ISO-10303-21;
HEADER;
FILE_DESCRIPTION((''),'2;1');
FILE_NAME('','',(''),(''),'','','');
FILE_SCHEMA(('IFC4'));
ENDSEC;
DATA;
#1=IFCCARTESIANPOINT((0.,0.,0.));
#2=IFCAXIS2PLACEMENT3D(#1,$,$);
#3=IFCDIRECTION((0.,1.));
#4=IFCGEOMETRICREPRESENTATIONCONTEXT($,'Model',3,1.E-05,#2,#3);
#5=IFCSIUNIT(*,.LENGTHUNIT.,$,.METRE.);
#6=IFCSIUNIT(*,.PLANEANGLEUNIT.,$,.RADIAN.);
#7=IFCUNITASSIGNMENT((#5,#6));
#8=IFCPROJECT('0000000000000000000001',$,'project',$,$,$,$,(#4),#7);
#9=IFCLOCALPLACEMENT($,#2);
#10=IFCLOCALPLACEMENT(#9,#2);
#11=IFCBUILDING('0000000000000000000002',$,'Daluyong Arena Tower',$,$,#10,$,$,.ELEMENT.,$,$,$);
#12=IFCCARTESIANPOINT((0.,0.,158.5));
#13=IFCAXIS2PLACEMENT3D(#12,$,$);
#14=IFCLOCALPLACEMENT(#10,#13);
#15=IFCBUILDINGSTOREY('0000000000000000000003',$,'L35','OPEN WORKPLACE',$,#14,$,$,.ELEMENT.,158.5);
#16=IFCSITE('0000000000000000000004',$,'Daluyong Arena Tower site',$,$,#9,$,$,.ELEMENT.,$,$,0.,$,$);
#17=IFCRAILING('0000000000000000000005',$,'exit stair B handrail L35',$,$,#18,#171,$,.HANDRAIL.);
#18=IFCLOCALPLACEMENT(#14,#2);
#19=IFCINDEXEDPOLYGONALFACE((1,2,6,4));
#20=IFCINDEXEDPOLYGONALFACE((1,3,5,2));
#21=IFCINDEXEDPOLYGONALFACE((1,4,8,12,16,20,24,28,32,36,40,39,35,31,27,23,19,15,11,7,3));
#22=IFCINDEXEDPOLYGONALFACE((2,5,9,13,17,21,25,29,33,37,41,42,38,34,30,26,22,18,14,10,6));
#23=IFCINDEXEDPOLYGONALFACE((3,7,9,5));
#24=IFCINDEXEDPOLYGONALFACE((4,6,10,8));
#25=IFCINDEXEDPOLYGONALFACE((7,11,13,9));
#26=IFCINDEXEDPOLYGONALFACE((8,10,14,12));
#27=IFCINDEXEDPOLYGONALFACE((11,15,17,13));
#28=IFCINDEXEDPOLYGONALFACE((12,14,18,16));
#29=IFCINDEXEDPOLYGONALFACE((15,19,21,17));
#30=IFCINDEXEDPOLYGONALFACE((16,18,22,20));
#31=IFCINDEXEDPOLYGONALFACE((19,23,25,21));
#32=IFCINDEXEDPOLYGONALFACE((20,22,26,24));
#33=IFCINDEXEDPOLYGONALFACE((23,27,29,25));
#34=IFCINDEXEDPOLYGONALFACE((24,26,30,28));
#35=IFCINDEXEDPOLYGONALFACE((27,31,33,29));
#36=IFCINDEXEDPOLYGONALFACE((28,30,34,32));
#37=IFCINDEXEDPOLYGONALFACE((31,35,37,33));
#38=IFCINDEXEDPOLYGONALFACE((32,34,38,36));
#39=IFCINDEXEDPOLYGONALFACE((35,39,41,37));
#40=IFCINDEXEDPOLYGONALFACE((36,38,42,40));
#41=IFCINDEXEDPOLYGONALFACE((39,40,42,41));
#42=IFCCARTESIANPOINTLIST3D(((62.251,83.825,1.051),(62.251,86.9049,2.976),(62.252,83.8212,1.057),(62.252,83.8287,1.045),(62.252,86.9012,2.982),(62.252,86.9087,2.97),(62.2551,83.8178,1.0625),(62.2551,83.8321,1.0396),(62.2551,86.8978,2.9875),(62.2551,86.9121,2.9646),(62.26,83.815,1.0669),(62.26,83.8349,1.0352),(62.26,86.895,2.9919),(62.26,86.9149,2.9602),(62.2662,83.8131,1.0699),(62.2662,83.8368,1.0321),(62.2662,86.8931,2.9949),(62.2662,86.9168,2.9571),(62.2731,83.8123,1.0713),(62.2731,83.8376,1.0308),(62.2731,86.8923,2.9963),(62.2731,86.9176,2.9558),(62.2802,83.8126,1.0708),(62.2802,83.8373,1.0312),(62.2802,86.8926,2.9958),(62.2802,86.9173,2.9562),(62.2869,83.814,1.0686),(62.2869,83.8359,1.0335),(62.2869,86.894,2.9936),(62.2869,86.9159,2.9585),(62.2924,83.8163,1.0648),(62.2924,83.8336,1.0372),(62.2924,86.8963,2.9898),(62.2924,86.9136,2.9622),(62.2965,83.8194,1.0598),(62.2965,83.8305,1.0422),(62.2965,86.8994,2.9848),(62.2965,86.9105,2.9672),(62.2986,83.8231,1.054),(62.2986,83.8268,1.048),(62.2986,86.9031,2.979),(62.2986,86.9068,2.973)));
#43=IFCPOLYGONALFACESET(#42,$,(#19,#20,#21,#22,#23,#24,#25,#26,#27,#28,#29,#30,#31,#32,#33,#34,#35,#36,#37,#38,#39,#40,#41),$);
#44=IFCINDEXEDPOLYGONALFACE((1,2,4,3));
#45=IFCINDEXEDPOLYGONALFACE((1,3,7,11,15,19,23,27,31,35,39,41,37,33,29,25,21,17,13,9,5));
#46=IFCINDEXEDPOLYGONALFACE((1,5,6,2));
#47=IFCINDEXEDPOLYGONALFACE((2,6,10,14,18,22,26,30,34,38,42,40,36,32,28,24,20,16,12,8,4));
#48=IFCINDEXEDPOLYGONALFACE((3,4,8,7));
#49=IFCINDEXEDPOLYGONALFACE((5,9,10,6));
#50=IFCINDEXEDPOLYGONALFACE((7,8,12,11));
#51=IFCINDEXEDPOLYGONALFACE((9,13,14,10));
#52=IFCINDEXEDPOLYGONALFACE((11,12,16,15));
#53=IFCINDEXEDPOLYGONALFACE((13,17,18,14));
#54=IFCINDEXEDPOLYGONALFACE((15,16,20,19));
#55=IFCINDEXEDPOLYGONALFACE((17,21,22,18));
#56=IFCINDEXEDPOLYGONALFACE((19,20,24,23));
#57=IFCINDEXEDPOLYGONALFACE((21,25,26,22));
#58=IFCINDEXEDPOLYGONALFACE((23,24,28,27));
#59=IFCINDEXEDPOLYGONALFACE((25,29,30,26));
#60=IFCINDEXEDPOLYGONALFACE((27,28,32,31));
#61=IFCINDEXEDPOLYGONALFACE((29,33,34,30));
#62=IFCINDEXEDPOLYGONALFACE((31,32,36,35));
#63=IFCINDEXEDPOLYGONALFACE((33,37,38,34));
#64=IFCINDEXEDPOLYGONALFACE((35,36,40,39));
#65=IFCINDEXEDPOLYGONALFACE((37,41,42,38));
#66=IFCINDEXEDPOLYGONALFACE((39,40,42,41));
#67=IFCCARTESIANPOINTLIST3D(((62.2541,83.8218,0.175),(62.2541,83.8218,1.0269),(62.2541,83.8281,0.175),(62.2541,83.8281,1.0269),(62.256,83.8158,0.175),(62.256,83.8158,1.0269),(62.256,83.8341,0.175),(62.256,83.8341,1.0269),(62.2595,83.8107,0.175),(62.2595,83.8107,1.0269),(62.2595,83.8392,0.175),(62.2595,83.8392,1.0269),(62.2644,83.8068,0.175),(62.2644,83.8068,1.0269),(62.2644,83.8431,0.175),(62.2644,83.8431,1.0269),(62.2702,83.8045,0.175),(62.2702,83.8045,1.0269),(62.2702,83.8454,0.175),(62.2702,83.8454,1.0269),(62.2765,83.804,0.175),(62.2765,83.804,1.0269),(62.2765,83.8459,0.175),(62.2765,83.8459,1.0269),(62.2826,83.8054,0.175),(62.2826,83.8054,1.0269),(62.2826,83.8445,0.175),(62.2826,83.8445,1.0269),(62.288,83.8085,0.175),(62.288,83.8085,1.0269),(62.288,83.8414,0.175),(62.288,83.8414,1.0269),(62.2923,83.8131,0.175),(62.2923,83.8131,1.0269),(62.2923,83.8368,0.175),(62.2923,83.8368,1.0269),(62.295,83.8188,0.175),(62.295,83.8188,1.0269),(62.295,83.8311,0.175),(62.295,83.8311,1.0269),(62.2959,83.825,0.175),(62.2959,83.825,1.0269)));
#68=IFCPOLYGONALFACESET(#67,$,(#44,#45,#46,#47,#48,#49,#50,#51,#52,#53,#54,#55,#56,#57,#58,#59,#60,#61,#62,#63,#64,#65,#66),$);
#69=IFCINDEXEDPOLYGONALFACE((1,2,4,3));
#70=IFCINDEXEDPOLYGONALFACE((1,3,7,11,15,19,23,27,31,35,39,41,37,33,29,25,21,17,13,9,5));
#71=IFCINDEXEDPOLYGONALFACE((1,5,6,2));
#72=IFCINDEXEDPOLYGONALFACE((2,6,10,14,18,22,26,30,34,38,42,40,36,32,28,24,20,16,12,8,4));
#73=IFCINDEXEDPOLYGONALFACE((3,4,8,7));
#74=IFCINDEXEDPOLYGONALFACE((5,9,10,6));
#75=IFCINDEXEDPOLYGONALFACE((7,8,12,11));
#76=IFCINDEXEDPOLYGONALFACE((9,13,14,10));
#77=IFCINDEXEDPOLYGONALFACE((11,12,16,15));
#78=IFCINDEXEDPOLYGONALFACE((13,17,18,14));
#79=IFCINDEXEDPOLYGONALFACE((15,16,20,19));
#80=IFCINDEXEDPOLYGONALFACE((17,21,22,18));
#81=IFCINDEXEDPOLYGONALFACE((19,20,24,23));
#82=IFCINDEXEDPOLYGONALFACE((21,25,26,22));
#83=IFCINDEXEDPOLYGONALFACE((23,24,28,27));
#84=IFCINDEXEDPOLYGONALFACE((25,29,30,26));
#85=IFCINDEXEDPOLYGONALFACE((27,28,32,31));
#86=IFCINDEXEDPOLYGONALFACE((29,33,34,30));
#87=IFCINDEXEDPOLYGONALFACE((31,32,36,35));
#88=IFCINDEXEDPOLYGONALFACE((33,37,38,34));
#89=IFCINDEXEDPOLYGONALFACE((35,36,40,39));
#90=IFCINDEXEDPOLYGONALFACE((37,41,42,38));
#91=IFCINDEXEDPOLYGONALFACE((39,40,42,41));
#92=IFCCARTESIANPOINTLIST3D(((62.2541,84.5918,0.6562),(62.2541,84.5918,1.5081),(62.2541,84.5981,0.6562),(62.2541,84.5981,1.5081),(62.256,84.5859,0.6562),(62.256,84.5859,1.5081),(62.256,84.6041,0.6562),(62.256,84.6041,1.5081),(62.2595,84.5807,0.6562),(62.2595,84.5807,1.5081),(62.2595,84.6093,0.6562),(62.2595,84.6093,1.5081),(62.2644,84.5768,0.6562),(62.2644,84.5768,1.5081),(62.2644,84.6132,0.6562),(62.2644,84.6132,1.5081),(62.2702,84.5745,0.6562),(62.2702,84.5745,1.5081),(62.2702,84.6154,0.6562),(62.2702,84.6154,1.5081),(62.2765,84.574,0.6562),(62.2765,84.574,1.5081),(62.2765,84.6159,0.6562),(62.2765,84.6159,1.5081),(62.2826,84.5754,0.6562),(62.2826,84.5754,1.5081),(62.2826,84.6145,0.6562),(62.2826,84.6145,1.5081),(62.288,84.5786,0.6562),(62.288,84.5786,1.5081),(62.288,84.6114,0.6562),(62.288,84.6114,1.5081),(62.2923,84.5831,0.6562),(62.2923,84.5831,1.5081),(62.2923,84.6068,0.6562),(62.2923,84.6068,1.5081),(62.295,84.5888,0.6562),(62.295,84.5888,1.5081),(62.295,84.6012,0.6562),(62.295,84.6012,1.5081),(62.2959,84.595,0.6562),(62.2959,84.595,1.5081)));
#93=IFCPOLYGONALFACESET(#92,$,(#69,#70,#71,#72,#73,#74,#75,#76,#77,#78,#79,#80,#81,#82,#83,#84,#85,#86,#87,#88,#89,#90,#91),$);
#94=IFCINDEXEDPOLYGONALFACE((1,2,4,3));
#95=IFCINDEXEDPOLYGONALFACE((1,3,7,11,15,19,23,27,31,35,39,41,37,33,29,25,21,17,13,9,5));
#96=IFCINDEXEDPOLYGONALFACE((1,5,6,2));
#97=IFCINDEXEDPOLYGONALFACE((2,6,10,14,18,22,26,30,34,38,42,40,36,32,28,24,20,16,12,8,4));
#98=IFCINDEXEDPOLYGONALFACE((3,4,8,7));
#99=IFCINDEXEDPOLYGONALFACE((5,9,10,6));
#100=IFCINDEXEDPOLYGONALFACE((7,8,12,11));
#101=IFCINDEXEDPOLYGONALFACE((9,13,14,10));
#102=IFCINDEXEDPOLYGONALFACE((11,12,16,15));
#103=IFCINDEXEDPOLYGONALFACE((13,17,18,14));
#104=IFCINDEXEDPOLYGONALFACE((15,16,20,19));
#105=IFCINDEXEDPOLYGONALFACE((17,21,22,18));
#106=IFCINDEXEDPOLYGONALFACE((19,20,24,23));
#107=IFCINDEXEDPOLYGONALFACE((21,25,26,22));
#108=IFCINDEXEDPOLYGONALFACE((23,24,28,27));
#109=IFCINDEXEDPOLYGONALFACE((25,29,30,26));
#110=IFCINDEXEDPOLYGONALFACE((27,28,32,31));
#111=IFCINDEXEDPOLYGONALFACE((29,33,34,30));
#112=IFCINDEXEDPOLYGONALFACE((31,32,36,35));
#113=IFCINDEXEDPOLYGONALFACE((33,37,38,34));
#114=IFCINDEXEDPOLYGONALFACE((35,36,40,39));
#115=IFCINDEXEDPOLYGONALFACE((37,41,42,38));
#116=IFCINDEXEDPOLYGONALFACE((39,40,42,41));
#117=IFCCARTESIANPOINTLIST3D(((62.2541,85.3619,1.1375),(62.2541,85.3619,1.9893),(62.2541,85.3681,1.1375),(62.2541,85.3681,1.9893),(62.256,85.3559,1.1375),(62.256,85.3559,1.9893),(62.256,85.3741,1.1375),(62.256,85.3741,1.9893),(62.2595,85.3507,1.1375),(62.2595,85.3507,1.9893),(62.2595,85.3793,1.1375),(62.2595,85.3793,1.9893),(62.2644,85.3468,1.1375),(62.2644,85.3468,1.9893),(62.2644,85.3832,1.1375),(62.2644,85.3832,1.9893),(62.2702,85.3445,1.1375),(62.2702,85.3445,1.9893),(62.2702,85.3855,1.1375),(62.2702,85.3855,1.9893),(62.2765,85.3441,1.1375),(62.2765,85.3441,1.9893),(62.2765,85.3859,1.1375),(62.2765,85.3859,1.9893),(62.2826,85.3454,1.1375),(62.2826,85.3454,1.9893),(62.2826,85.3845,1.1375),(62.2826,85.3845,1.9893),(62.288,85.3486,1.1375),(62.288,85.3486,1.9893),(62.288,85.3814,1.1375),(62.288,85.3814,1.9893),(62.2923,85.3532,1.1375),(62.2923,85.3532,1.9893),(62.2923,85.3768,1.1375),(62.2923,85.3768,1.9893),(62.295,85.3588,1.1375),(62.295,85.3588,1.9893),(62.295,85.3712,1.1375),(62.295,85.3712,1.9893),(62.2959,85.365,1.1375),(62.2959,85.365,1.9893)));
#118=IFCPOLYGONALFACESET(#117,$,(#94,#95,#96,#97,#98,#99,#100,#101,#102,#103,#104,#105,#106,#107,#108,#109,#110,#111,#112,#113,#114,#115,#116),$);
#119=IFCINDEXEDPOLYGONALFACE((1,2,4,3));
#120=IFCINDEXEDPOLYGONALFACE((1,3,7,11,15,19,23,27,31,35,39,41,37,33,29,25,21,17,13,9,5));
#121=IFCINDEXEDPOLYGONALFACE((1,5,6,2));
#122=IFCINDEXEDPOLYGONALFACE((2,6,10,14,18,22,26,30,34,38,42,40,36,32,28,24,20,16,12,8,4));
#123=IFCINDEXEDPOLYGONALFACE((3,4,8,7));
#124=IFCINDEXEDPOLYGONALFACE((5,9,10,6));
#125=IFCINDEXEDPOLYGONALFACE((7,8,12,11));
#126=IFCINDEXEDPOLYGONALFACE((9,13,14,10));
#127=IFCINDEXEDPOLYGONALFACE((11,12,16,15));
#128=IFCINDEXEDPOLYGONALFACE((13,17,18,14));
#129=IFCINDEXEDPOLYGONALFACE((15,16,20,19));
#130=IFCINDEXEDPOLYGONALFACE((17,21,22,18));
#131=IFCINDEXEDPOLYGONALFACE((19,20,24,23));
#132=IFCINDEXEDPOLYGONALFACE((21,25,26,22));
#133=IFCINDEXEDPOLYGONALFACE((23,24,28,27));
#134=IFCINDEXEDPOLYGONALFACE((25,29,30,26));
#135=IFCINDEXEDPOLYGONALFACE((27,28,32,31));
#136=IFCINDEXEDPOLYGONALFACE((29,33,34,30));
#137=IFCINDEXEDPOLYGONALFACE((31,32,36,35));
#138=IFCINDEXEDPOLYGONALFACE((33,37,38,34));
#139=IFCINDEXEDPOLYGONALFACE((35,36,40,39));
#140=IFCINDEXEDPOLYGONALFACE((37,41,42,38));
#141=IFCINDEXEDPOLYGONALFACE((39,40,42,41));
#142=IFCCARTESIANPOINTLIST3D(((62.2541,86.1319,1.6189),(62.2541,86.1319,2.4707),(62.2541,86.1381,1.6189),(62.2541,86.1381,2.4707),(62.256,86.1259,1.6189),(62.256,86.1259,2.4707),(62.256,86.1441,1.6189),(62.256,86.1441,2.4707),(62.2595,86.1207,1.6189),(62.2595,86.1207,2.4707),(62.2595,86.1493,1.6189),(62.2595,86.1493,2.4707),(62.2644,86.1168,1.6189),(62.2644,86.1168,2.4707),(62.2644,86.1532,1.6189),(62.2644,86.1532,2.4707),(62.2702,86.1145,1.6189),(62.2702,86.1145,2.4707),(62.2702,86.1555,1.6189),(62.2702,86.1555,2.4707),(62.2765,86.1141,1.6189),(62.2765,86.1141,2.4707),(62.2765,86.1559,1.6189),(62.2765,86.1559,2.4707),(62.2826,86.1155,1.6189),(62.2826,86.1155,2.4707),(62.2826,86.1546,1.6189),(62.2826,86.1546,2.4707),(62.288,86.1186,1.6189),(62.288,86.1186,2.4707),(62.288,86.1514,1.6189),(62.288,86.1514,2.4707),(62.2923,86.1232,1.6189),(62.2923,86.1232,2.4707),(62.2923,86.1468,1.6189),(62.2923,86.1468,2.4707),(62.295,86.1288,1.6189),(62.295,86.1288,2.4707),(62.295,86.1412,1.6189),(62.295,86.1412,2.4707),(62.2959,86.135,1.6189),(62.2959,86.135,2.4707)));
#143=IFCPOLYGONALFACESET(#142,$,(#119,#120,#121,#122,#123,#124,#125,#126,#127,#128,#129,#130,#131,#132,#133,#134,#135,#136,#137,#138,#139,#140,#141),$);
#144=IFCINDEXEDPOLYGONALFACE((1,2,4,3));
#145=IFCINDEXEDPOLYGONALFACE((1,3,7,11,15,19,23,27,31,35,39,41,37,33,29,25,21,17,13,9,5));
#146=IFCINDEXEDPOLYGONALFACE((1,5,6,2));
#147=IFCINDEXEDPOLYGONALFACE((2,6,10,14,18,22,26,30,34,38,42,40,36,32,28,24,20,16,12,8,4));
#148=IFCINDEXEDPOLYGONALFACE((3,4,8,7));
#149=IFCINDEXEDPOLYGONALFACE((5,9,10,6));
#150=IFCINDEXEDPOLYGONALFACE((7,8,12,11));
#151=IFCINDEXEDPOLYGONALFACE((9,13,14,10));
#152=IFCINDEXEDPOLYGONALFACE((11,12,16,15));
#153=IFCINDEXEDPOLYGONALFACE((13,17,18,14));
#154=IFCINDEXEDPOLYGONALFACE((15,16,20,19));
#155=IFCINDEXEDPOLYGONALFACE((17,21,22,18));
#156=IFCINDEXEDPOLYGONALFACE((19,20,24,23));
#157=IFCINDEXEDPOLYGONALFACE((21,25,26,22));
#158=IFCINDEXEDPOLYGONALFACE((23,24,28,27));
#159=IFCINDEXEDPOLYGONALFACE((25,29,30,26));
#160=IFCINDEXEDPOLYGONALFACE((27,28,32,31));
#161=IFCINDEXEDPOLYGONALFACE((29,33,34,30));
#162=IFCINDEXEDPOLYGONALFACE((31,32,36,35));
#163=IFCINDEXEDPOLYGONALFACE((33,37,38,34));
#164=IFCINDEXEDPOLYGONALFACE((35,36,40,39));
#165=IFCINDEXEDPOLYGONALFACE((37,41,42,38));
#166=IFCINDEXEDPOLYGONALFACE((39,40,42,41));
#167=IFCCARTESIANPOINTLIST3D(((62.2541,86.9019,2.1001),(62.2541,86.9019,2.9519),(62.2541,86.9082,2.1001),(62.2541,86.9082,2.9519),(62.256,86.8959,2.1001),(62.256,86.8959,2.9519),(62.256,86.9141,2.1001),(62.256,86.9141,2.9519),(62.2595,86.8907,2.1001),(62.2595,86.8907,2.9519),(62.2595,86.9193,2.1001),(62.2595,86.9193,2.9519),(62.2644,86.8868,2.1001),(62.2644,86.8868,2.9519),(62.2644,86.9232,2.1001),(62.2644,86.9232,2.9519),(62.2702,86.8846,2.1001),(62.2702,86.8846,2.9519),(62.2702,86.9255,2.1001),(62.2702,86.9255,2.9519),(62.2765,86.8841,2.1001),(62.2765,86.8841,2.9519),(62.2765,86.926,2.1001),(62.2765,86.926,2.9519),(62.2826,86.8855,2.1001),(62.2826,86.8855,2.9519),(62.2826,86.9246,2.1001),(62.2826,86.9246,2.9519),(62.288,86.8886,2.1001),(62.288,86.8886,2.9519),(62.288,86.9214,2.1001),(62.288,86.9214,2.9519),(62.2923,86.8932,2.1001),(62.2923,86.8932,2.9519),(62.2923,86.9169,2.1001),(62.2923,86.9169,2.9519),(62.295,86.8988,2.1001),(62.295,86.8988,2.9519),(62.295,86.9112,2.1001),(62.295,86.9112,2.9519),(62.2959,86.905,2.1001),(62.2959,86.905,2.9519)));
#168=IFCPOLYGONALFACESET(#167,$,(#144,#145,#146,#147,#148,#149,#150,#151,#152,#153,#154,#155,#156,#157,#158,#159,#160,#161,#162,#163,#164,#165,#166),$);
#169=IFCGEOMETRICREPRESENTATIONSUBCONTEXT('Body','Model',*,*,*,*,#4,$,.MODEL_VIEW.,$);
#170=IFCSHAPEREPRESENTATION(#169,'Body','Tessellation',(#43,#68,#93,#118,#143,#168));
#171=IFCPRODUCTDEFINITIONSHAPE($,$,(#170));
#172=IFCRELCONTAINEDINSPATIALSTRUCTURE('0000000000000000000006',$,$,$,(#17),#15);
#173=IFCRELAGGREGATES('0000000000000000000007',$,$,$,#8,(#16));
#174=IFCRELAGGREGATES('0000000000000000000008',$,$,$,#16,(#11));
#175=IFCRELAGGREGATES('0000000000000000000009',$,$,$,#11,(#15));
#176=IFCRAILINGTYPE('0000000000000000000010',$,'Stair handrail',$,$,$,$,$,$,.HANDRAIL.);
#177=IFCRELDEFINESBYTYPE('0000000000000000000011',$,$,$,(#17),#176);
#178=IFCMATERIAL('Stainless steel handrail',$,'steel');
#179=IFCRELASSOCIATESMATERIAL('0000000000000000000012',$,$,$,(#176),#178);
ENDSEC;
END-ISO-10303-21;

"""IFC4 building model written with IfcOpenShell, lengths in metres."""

from ifc_helpers import new_model, si_unit, direction, frame, origin, origin_2d, place, context, subcontext, project, spatial, circle, extrude, material, type_object, element, save


model = new_model("IFC4")

# Units and contexts
model_context = context("Model", 3, precision=1e-05, world=origin(), true_north=direction((0.0, 1.0)))
body_context = subcontext(model_context, "Body", "Model", "MODEL_VIEW")
ifc_project = project(units=[si_unit("LENGTHUNIT", "METRE"), si_unit("PLANEANGLEUNIT", "RADIAN")], contexts=[model_context])

# Site, building, storey
site_placement = place(None, origin())
site = spatial("IfcSite", under=ifc_project, at=site_placement, Name="Daluyong Arena Tower site", CompositionType="ELEMENT", RefElevation=0.0)
building_placement = place(site_placement, origin())
building = spatial("IfcBuilding", under=site, at=building_placement, Name="Daluyong Arena Tower", CompositionType="ELEMENT")
storey_placement = place(building_placement, frame((0.0, 0.0, 158.5)))
storey = spatial("IfcBuildingStorey", under=building, at=storey_placement, Name="L35", Description="OPEN WORKPLACE", CompositionType="ELEMENT", Elevation=158.5)

# Railing
ifc_material_1 = material(Name="Stainless steel handrail", Category="steel")
railing_type_1 = type_object("IfcRailingType", Name="Stair handrail", PredefinedType="HANDRAIL", material=ifc_material_1)
railing_1_placement = place(storey_placement, frame((62.2749, 83.825, 0.175)))
element("IfcRailing", 1, at=railing_1_placement, inside=storey, type_object=railing_type_1, Name="exit stair B handrail L35", PredefinedType="HANDRAIL", context=body_context, shape_type="SweptSolid", body=[
    extrude(circle(Radius=0.0239, at=origin_2d()), frame((0.0, 0.0, 0.876), z_axis=(0.0, 0.847998, 0.529999), x_axis=(-1.0, 0.0, 0.0)), (0.0, 0.0, 1.0), 3.6321),
    extrude(circle(Radius=0.021, at=origin_2d()), origin(), (0.0, 0.0, 1.0), 0.8518),
    extrude(circle(Radius=0.021, at=origin_2d()), frame((0.0, 0.77, 0.4812)), (0.0, 0.0, 1.0), 0.8518),
    extrude(circle(Radius=0.021, at=origin_2d()), frame((0.0, 1.54, 0.9624)), (0.0, 0.0, 1.0), 0.8518),
    extrude(circle(Radius=0.021, at=origin_2d()), frame((0.0, 2.3101, 1.4438)), (0.0, 0.0, 1.0), 0.8518),
    extrude(circle(Radius=0.021, at=origin_2d()), frame((0.0, 3.0801, 1.925)), (0.0, 0.0, 1.0), 0.8518),
])

save(model, "model.ifc")
